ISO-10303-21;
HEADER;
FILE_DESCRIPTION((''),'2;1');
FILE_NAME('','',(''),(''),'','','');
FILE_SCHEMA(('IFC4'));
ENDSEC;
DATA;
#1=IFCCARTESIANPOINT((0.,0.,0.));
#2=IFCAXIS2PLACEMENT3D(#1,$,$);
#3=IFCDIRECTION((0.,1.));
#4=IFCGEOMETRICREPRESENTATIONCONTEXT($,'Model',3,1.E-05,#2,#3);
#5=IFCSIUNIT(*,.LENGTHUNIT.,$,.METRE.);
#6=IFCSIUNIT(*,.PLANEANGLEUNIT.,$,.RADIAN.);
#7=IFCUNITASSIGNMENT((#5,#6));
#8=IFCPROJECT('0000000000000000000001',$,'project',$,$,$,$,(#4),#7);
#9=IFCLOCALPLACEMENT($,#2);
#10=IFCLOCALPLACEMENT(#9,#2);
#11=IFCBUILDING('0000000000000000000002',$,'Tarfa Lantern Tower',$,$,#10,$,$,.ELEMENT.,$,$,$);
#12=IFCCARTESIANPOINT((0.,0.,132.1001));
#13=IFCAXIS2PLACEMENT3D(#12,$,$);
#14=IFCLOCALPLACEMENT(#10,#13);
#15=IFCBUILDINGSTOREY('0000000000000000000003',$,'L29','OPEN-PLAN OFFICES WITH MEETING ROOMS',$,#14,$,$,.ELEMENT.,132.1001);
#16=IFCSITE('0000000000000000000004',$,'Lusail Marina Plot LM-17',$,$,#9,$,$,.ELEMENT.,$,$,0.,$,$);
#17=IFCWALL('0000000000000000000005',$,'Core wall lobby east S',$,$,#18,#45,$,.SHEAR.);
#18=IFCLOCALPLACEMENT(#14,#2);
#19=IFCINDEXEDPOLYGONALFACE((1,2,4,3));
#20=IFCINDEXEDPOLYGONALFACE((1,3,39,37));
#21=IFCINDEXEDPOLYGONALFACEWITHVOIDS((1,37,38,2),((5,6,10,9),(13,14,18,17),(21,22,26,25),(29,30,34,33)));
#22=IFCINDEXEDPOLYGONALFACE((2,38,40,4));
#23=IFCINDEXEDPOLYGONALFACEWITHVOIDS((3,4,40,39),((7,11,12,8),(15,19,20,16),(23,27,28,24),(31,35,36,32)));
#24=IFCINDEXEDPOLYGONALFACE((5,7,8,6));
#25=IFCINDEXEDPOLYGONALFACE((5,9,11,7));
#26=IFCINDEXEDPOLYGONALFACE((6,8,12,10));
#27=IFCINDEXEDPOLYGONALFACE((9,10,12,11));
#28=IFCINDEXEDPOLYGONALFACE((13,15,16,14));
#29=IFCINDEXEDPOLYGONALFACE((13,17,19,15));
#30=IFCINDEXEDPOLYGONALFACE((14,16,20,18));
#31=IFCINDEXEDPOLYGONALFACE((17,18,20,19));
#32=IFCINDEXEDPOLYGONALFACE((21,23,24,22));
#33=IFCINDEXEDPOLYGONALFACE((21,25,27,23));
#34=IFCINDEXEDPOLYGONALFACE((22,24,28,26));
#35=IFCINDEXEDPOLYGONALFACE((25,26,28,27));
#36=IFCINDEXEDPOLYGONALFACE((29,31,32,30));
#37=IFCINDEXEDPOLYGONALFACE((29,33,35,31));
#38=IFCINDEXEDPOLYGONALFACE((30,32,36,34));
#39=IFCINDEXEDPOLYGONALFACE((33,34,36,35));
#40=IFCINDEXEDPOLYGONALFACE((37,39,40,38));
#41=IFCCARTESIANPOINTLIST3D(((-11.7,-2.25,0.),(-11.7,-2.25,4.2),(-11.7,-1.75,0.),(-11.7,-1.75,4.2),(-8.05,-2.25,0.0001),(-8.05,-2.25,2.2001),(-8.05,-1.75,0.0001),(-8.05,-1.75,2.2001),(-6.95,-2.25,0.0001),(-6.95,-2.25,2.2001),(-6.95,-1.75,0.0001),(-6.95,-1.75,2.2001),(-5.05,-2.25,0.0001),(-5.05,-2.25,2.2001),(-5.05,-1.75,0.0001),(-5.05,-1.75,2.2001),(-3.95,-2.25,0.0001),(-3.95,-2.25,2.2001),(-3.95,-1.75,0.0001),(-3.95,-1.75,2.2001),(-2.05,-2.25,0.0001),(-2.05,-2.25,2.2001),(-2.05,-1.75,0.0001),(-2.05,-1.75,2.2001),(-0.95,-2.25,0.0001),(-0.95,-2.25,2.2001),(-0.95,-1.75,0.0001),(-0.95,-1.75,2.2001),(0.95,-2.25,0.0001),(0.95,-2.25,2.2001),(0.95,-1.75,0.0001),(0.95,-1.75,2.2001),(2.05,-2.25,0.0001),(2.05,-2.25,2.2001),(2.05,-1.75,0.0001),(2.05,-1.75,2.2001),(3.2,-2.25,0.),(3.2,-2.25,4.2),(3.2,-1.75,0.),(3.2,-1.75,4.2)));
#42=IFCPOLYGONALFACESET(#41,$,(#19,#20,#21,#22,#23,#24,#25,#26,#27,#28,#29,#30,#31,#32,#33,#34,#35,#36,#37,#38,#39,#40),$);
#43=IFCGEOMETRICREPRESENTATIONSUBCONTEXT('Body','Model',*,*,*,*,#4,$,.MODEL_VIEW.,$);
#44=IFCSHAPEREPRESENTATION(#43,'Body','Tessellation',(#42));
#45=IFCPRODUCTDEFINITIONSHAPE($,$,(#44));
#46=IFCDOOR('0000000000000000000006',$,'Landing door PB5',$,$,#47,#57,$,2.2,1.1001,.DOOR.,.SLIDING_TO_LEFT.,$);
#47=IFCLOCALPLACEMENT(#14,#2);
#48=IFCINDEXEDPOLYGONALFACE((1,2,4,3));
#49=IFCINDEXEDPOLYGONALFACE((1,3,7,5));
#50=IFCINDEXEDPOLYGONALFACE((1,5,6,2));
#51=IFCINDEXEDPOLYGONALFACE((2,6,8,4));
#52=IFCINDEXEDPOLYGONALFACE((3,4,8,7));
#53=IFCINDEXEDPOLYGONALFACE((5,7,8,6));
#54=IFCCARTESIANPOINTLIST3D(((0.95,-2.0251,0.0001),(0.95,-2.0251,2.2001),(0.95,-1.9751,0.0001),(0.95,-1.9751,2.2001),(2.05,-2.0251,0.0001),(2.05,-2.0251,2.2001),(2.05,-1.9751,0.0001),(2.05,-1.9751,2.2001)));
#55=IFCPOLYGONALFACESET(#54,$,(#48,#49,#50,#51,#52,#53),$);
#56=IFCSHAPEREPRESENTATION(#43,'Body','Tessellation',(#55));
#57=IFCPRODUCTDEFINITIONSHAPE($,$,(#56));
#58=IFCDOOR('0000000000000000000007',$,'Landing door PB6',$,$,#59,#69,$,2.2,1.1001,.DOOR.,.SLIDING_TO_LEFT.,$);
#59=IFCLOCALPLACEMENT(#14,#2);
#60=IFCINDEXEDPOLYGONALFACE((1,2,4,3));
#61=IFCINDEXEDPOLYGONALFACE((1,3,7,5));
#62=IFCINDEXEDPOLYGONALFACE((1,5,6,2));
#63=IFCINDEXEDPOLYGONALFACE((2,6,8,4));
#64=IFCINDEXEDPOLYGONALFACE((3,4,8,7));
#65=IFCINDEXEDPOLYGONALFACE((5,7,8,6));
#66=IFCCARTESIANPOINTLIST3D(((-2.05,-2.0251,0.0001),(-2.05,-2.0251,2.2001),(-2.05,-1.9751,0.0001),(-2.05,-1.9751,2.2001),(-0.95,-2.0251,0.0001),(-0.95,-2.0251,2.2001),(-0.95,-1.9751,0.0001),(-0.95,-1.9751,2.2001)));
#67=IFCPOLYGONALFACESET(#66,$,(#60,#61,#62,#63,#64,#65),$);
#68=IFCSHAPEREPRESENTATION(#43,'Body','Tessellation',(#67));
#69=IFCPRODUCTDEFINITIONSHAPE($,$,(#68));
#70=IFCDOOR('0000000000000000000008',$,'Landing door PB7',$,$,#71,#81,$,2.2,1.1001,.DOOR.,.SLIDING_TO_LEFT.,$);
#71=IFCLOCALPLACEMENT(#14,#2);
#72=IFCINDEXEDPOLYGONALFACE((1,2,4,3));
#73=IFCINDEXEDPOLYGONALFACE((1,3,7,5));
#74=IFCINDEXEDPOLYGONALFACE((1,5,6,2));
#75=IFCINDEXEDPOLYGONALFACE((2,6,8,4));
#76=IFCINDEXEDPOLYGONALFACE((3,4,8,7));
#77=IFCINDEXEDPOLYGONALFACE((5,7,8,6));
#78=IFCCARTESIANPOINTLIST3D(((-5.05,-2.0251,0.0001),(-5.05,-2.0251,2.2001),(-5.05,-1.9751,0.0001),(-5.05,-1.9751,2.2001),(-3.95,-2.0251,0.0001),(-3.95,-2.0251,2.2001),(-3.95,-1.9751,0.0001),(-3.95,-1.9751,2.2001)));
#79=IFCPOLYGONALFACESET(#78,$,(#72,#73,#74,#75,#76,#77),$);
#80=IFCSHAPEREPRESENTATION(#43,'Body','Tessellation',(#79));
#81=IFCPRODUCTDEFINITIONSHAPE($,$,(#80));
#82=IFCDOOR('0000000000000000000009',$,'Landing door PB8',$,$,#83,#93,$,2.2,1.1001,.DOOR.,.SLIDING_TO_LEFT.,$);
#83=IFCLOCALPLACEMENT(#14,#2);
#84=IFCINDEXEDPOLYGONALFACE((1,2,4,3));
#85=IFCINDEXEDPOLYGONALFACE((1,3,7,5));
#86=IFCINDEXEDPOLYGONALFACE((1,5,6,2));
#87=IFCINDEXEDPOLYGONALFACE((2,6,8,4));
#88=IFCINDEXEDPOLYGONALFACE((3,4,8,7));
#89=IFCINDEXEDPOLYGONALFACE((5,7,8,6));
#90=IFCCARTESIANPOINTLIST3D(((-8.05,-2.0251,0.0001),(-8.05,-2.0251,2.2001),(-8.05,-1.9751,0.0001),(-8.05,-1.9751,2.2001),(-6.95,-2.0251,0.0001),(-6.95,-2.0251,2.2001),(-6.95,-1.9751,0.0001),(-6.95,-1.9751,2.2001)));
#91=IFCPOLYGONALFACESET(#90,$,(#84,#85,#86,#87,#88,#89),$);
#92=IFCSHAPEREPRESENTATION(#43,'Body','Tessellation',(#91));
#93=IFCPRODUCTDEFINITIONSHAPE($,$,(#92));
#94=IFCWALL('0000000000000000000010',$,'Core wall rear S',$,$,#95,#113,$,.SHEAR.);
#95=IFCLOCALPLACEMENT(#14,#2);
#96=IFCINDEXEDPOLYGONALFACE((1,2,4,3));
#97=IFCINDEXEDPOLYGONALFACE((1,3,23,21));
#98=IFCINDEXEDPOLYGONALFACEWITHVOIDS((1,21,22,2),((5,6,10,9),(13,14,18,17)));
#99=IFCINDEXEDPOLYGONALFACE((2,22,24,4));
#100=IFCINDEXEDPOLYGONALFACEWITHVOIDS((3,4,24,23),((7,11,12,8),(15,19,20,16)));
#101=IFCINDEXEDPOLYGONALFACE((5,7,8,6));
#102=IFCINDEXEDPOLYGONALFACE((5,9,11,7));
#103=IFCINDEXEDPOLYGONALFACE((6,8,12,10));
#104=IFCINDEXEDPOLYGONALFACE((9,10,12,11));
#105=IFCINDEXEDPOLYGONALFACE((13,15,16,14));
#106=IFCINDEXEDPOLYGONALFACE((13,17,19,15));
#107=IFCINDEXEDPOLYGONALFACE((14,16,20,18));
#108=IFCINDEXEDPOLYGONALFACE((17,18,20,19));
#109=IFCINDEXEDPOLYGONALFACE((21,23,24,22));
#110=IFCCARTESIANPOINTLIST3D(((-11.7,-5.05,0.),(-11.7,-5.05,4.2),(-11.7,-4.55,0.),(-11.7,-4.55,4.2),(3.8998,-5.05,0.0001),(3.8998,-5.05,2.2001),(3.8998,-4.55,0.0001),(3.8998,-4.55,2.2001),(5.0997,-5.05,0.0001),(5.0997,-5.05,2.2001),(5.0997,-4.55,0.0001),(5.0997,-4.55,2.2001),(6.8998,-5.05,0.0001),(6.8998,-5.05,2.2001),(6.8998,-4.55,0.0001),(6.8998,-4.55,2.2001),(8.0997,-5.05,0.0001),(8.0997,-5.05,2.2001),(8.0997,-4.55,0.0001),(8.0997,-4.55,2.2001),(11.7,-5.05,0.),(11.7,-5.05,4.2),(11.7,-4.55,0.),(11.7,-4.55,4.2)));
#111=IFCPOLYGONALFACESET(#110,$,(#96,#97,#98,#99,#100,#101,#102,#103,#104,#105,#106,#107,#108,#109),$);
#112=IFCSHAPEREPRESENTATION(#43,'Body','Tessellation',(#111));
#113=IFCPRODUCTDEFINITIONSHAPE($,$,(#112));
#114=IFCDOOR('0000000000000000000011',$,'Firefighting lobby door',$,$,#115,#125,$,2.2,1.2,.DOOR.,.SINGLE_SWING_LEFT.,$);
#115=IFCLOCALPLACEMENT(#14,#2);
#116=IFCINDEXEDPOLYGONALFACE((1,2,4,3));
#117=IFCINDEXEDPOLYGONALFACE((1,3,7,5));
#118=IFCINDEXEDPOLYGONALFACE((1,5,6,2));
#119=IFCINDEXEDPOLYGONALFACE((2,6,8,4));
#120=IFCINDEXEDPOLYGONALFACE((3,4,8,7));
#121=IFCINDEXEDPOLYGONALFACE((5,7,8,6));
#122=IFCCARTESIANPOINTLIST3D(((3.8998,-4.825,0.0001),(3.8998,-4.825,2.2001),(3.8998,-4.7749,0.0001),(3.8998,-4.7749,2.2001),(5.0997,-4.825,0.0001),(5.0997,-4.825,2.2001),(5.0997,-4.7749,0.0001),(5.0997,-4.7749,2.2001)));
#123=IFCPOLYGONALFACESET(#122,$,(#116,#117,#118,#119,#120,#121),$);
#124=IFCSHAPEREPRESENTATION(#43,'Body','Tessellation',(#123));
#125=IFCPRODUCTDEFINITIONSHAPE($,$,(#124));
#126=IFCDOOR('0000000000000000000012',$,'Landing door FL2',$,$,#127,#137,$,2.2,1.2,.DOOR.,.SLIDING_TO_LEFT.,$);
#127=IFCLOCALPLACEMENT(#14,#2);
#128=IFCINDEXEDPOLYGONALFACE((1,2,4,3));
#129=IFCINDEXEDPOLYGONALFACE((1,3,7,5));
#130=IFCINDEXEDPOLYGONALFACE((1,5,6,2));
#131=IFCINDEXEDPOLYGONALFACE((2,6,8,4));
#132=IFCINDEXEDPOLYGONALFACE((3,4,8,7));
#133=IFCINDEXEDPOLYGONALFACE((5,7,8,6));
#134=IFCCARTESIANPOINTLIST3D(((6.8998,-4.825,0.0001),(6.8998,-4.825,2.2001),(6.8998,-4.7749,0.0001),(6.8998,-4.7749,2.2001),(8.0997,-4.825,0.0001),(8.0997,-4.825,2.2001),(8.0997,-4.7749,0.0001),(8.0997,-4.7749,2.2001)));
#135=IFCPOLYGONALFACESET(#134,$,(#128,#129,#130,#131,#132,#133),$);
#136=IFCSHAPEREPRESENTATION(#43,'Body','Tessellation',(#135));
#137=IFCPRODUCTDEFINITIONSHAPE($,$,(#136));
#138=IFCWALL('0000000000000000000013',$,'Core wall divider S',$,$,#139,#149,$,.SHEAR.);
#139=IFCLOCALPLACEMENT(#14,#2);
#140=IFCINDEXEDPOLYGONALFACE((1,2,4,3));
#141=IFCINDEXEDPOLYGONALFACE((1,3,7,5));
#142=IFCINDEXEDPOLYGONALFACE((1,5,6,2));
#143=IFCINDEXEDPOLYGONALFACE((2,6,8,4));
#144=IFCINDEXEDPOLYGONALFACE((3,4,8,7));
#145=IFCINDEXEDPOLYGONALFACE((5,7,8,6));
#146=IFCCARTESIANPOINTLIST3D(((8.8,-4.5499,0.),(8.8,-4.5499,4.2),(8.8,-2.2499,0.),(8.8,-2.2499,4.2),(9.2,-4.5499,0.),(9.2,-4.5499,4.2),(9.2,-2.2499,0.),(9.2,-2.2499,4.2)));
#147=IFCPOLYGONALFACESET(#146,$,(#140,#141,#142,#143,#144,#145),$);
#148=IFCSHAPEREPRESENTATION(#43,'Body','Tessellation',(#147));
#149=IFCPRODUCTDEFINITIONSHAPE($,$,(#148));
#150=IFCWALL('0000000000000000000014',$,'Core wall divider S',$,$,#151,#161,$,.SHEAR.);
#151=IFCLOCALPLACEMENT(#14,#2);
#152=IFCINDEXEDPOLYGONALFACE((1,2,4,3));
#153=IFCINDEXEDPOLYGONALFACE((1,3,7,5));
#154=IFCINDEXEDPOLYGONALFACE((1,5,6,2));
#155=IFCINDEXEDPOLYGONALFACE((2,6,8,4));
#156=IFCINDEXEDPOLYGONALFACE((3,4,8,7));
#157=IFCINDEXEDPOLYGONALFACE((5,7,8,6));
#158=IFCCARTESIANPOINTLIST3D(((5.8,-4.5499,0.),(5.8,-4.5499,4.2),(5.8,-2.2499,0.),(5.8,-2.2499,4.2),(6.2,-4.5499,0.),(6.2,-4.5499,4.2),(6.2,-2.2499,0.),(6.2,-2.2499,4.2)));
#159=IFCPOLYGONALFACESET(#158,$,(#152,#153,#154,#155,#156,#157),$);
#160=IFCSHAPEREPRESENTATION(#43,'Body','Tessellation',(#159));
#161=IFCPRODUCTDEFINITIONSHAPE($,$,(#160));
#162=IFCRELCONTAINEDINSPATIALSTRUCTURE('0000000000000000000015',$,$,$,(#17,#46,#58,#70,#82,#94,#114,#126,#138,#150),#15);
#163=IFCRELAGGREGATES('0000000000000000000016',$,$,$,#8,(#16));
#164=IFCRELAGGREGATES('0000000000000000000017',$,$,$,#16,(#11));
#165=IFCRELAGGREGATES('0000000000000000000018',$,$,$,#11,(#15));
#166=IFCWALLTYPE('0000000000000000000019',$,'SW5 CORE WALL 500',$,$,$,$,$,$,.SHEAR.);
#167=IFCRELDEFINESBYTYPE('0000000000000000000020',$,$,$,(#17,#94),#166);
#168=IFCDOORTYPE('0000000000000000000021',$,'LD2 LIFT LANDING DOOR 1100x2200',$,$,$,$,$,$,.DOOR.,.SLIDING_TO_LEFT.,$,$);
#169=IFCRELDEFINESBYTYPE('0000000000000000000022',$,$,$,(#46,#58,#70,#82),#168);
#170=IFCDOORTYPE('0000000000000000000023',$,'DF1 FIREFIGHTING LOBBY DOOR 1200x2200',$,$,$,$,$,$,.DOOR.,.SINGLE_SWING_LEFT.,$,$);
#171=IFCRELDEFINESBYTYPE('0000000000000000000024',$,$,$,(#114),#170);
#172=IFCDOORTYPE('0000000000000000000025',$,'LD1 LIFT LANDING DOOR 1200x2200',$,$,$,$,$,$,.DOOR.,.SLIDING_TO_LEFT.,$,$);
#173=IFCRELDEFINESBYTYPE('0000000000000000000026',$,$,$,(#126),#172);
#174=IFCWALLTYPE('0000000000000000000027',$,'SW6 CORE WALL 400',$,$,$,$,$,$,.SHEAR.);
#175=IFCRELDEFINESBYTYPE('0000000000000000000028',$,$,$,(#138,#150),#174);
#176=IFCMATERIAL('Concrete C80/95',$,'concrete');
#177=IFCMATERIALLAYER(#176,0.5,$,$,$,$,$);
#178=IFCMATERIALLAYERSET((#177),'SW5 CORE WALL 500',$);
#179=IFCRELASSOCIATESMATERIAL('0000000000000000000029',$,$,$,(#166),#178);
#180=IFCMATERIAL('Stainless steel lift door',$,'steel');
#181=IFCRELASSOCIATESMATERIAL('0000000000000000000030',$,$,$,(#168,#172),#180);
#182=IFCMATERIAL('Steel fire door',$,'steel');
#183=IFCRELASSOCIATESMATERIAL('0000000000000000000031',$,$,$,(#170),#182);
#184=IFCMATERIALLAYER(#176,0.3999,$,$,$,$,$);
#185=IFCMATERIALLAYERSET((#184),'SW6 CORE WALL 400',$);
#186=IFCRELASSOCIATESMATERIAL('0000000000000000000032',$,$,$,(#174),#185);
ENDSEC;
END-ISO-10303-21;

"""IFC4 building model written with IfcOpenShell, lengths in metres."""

from ifc_helpers import new_model, si_unit, direction, frame, frame_2d, origin, place, context, subcontext, project, spatial, rectangle, extrude, material, layer, layer_set, type_object, element, fill, save


model = new_model("IFC4")

# Units and contexts
model_context = context("Model", 3, precision=1e-05, world=origin(), true_north=direction((0.0, 1.0)))
body_context = subcontext(model_context, "Body", "Model", "MODEL_VIEW")
ifc_project = project(units=[si_unit("LENGTHUNIT", "METRE"), si_unit("PLANEANGLEUNIT", "RADIAN")], contexts=[model_context])

# Site, building, storey
site_placement = place(None, origin())
site = spatial("IfcSite", under=ifc_project, at=site_placement, Name="Lusail Marina Plot LM-17", CompositionType="ELEMENT", RefElevation=0.0)
building_placement = place(site_placement, origin())
building = spatial("IfcBuilding", under=site, at=building_placement, Name="Tarfa Lantern Tower", CompositionType="ELEMENT")
storey_placement = place(building_placement, frame((0.0, 0.0, 132.1001)))
storey = spatial("IfcBuildingStorey", under=building, at=storey_placement, Name="L29", Description="OPEN-PLAN OFFICES WITH MEETING ROOMS", CompositionType="ELEMENT", Elevation=132.1001)

# Shared definitions
ifc_material_1 = material(Name="Concrete C80/95", Category="concrete")

# Shared definitions
ifc_material_2 = material(Name="Steel fire door", Category="steel")

# Shared definitions
ifc_layer_1 = layer(ifc_material_1, 0.5)
ifc_layer_set_1 = layer_set([ifc_layer_1], Name="SW5 CORE WALL 500")
wall_type_1 = type_object("IfcWallType", Name="SW5 CORE WALL 500", PredefinedType="SHEAR", material=ifc_layer_set_1)

# Walls, openings, doors
wall_1_placement = place(storey_placement, frame((3.2, -2.0, 0.0), z_axis=(0.0, 0.0, 1.0), x_axis=(-1.0, 0.0, 0.0)))
wall_1 = element("IfcWall", 1, at=wall_1_placement, inside=storey, type_object=wall_type_1, Name="Core wall lobby east S", PredefinedType="SHEAR", context=body_context, shape_type="SweptSolid", body=[
    extrude(rectangle(XDim=14.8999, YDim=0.5, at=frame_2d((7.45, 0.0))), origin(), (0.0, 0.0, 1.0), 4.2),
])
opening_1_placement = place(wall_1_placement, frame((1.1499, 0.0, 0.0)))
opening_1 = element("IfcOpeningElement", 2, at=opening_1_placement, cuts=wall_1, PredefinedType="OPENING", context=body_context, shape_type="SweptSolid", body=[
    extrude(rectangle(XDim=1.1001, YDim=2.2, at=frame_2d((0.55, 1.1001))), frame((0.0, 0.26, 0.0), z_axis=(0.0, -1.0, 0.0), x_axis=(1.0, 0.0, 0.0)), (0.0, 0.0, 1.0), 0.52),
])
opening_2_placement = place(wall_1_placement, frame((4.1499, 0.0, 0.0)))
opening_2 = element("IfcOpeningElement", 3, at=opening_2_placement, cuts=wall_1, PredefinedType="OPENING", context=body_context, shape_type="SweptSolid", body=[
    extrude(rectangle(XDim=1.1001, YDim=2.2, at=frame_2d((0.55, 1.1001))), frame((0.0, 0.26, 0.0), z_axis=(0.0, -1.0, 0.0), x_axis=(1.0, 0.0, 0.0)), (0.0, 0.0, 1.0), 0.52),
])
opening_3_placement = place(wall_1_placement, frame((7.1499, 0.0, 0.0)))
opening_3 = element("IfcOpeningElement", 4, at=opening_3_placement, cuts=wall_1, PredefinedType="OPENING", context=body_context, shape_type="SweptSolid", body=[
    extrude(rectangle(XDim=1.1001, YDim=2.2, at=frame_2d((0.55, 1.1001))), frame((0.0, 0.26, 0.0), z_axis=(0.0, -1.0, 0.0), x_axis=(1.0, 0.0, 0.0)), (0.0, 0.0, 1.0), 0.52),
])
opening_4_placement = place(wall_1_placement, frame((10.1499, 0.0, 0.0)))
opening_4 = element("IfcOpeningElement", 5, at=opening_4_placement, cuts=wall_1, PredefinedType="OPENING", context=body_context, shape_type="SweptSolid", body=[
    extrude(rectangle(XDim=1.1001, YDim=2.2, at=frame_2d((0.55, 1.1001))), frame((0.0, 0.26, 0.0), z_axis=(0.0, -1.0, 0.0), x_axis=(1.0, 0.0, 0.0)), (0.0, 0.0, 1.0), 0.52),
])
ifc_material_3 = material(Name="Stainless steel lift door", Category="steel")
door_type_1 = type_object("IfcDoorType", Name="LD2 LIFT LANDING DOOR 1100x2200", OperationType="SLIDING_TO_LEFT", PredefinedType="DOOR", material=ifc_material_3)
door_1_placement = place(opening_1_placement, frame((1.1001, 0.0, 0.0), z_axis=(0.0, 0.0, 1.0), x_axis=(-1.0, 0.0, 0.0)))
door_1 = element("IfcDoor", 6, at=door_1_placement, inside=storey, type_object=door_type_1, Name="Landing door PB5", OperationType="SLIDING_TO_LEFT", OverallHeight=2.2, OverallWidth=1.1001, PredefinedType="DOOR", context=body_context, shape_type="SweptSolid", body=[
    extrude(rectangle(XDim=1.1001, YDim=2.2, at=frame_2d((0.55, 1.1001))), frame((0.0, 0.0249, 0.0), z_axis=(0.0, -1.0, 0.0), x_axis=(1.0, 0.0, 0.0)), (0.0, 0.0, 1.0), 0.05),
])
fill(opening_1, door_1)
door_2_placement = place(opening_2_placement, frame((1.1001, 0.0, 0.0), z_axis=(0.0, 0.0, 1.0), x_axis=(-1.0, 0.0, 0.0)))
door_2 = element("IfcDoor", 7, at=door_2_placement, inside=storey, type_object=door_type_1, Name="Landing door PB6", OperationType="SLIDING_TO_LEFT", OverallHeight=2.2, OverallWidth=1.1001, PredefinedType="DOOR", context=body_context, shape_type="SweptSolid", body=[
    extrude(rectangle(XDim=1.1001, YDim=2.2, at=frame_2d((0.55, 1.1001))), frame((0.0, 0.0249, 0.0), z_axis=(0.0, -1.0, 0.0), x_axis=(1.0, 0.0, 0.0)), (0.0, 0.0, 1.0), 0.05),
])
fill(opening_2, door_2)
door_3_placement = place(opening_3_placement, frame((1.1001, 0.0, 0.0), z_axis=(0.0, 0.0, 1.0), x_axis=(-1.0, 0.0, 0.0)))
door_3 = element("IfcDoor", 8, at=door_3_placement, inside=storey, type_object=door_type_1, Name="Landing door PB7", OperationType="SLIDING_TO_LEFT", OverallHeight=2.2, OverallWidth=1.1001, PredefinedType="DOOR", context=body_context, shape_type="SweptSolid", body=[
    extrude(rectangle(XDim=1.1001, YDim=2.2, at=frame_2d((0.55, 1.1001))), frame((0.0, 0.0249, 0.0), z_axis=(0.0, -1.0, 0.0), x_axis=(1.0, 0.0, 0.0)), (0.0, 0.0, 1.0), 0.05),
])
fill(opening_3, door_3)
door_4_placement = place(opening_4_placement, frame((1.1001, 0.0, 0.0), z_axis=(0.0, 0.0, 1.0), x_axis=(-1.0, 0.0, 0.0)))
door_4 = element("IfcDoor", 9, at=door_4_placement, inside=storey, type_object=door_type_1, Name="Landing door PB8", OperationType="SLIDING_TO_LEFT", OverallHeight=2.2, OverallWidth=1.1001, PredefinedType="DOOR", context=body_context, shape_type="SweptSolid", body=[
    extrude(rectangle(XDim=1.1001, YDim=2.2, at=frame_2d((0.55, 1.1001))), frame((0.0, 0.0249, 0.0), z_axis=(0.0, -1.0, 0.0), x_axis=(1.0, 0.0, 0.0)), (0.0, 0.0, 1.0), 0.05),
])
fill(opening_4, door_4)
wall_2_placement = place(storey_placement, frame((11.7, -4.8, 0.0), z_axis=(0.0, 0.0, 1.0), x_axis=(-1.0, 0.0, 0.0)))
wall_2 = element("IfcWall", 10, at=wall_2_placement, inside=storey, type_object=wall_type_1, Name="Core wall rear S", PredefinedType="SHEAR", context=body_context, shape_type="SweptSolid", body=[
    extrude(rectangle(XDim=23.3999, YDim=0.5, at=frame_2d((11.7, 0.0))), origin(), (0.0, 0.0, 1.0), 4.2),
])
opening_5_placement = place(wall_2_placement, frame((6.6001, 0.0, 0.0)))
opening_5 = element("IfcOpeningElement", 11, at=opening_5_placement, cuts=wall_2, PredefinedType="OPENING", context=body_context, shape_type="SweptSolid", body=[
    extrude(rectangle(XDim=1.2, YDim=2.2, at=frame_2d((0.6001, 1.1001))), frame((0.0, 0.26, 0.0), z_axis=(0.0, -1.0, 0.0), x_axis=(1.0, 0.0, 0.0)), (0.0, 0.0, 1.0), 0.52),
])
opening_6_placement = place(wall_2_placement, frame((3.6001, 0.0, 0.0)))
opening_6 = element("IfcOpeningElement", 12, at=opening_6_placement, cuts=wall_2, PredefinedType="OPENING", context=body_context, shape_type="SweptSolid", body=[
    extrude(rectangle(XDim=1.2, YDim=2.2, at=frame_2d((0.6001, 1.1001))), frame((0.0, 0.26, 0.0), z_axis=(0.0, -1.0, 0.0), x_axis=(1.0, 0.0, 0.0)), (0.0, 0.0, 1.0), 0.52),
])
door_type_2 = type_object("IfcDoorType", Name="DF1 FIREFIGHTING LOBBY DOOR 1200x2200", OperationType="SINGLE_SWING_LEFT", PredefinedType="DOOR", material=ifc_material_2)
door_5_placement = place(opening_5_placement, origin())
door_5 = element("IfcDoor", 13, at=door_5_placement, inside=storey, type_object=door_type_2, Name="Firefighting lobby door", OperationType="SINGLE_SWING_LEFT", OverallHeight=2.2, OverallWidth=1.2, PredefinedType="DOOR", context=body_context, shape_type="SweptSolid", body=[
    extrude(rectangle(XDim=1.2, YDim=2.2, at=frame_2d((0.6001, 1.1001))), frame((0.0, 0.0249, 0.0), z_axis=(0.0, -1.0, 0.0), x_axis=(1.0, 0.0, 0.0)), (0.0, 0.0, 1.0), 0.05),
])
fill(opening_5, door_5)
door_type_3 = type_object("IfcDoorType", Name="LD1 LIFT LANDING DOOR 1200x2200", OperationType="SLIDING_TO_LEFT", PredefinedType="DOOR", material=ifc_material_3)
door_6_placement = place(opening_6_placement, origin())
door_6 = element("IfcDoor", 14, at=door_6_placement, inside=storey, type_object=door_type_3, Name="Landing door FL2", OperationType="SLIDING_TO_LEFT", OverallHeight=2.2, OverallWidth=1.2, PredefinedType="DOOR", context=body_context, shape_type="SweptSolid", body=[
    extrude(rectangle(XDim=1.2, YDim=2.2, at=frame_2d((0.6001, 1.1001))), frame((0.0, 0.0249, 0.0), z_axis=(0.0, -1.0, 0.0), x_axis=(1.0, 0.0, 0.0)), (0.0, 0.0, 1.0), 0.05),
])
fill(opening_6, door_6)

# Walls
ifc_layer_2 = layer(ifc_material_1, 0.3999)
ifc_layer_set_2 = layer_set([ifc_layer_2], Name="SW6 CORE WALL 400")
wall_type_2 = type_object("IfcWallType", Name="SW6 CORE WALL 400", PredefinedType="SHEAR", material=ifc_layer_set_2)
for number, where, z_axis, x_axis, name in (
    (15, (9.0, -2.25, 0.0), (0.0, 0.0, 1.0), (0.0, -1.0, 0.0), "Core wall divider S"),
    (16, (6.0, -2.25, 0.0), (0.0, 0.0, 1.0), (0.0, -1.0, 0.0), "Core wall divider S"),
):
    element("IfcWall", number, at=place(storey_placement, frame(where, z_axis=z_axis, x_axis=x_axis)), inside=storey, type_object=wall_type_2, Name=name, PredefinedType="SHEAR", context=body_context, shape_type="SweptSolid", body=[
        extrude(rectangle(XDim=2.3, YDim=0.3999, at=frame_2d((1.1499, 0.0))), origin(), (0.0, 0.0, 1.0), 4.2),
    ])

save(model, "model.ifc")
